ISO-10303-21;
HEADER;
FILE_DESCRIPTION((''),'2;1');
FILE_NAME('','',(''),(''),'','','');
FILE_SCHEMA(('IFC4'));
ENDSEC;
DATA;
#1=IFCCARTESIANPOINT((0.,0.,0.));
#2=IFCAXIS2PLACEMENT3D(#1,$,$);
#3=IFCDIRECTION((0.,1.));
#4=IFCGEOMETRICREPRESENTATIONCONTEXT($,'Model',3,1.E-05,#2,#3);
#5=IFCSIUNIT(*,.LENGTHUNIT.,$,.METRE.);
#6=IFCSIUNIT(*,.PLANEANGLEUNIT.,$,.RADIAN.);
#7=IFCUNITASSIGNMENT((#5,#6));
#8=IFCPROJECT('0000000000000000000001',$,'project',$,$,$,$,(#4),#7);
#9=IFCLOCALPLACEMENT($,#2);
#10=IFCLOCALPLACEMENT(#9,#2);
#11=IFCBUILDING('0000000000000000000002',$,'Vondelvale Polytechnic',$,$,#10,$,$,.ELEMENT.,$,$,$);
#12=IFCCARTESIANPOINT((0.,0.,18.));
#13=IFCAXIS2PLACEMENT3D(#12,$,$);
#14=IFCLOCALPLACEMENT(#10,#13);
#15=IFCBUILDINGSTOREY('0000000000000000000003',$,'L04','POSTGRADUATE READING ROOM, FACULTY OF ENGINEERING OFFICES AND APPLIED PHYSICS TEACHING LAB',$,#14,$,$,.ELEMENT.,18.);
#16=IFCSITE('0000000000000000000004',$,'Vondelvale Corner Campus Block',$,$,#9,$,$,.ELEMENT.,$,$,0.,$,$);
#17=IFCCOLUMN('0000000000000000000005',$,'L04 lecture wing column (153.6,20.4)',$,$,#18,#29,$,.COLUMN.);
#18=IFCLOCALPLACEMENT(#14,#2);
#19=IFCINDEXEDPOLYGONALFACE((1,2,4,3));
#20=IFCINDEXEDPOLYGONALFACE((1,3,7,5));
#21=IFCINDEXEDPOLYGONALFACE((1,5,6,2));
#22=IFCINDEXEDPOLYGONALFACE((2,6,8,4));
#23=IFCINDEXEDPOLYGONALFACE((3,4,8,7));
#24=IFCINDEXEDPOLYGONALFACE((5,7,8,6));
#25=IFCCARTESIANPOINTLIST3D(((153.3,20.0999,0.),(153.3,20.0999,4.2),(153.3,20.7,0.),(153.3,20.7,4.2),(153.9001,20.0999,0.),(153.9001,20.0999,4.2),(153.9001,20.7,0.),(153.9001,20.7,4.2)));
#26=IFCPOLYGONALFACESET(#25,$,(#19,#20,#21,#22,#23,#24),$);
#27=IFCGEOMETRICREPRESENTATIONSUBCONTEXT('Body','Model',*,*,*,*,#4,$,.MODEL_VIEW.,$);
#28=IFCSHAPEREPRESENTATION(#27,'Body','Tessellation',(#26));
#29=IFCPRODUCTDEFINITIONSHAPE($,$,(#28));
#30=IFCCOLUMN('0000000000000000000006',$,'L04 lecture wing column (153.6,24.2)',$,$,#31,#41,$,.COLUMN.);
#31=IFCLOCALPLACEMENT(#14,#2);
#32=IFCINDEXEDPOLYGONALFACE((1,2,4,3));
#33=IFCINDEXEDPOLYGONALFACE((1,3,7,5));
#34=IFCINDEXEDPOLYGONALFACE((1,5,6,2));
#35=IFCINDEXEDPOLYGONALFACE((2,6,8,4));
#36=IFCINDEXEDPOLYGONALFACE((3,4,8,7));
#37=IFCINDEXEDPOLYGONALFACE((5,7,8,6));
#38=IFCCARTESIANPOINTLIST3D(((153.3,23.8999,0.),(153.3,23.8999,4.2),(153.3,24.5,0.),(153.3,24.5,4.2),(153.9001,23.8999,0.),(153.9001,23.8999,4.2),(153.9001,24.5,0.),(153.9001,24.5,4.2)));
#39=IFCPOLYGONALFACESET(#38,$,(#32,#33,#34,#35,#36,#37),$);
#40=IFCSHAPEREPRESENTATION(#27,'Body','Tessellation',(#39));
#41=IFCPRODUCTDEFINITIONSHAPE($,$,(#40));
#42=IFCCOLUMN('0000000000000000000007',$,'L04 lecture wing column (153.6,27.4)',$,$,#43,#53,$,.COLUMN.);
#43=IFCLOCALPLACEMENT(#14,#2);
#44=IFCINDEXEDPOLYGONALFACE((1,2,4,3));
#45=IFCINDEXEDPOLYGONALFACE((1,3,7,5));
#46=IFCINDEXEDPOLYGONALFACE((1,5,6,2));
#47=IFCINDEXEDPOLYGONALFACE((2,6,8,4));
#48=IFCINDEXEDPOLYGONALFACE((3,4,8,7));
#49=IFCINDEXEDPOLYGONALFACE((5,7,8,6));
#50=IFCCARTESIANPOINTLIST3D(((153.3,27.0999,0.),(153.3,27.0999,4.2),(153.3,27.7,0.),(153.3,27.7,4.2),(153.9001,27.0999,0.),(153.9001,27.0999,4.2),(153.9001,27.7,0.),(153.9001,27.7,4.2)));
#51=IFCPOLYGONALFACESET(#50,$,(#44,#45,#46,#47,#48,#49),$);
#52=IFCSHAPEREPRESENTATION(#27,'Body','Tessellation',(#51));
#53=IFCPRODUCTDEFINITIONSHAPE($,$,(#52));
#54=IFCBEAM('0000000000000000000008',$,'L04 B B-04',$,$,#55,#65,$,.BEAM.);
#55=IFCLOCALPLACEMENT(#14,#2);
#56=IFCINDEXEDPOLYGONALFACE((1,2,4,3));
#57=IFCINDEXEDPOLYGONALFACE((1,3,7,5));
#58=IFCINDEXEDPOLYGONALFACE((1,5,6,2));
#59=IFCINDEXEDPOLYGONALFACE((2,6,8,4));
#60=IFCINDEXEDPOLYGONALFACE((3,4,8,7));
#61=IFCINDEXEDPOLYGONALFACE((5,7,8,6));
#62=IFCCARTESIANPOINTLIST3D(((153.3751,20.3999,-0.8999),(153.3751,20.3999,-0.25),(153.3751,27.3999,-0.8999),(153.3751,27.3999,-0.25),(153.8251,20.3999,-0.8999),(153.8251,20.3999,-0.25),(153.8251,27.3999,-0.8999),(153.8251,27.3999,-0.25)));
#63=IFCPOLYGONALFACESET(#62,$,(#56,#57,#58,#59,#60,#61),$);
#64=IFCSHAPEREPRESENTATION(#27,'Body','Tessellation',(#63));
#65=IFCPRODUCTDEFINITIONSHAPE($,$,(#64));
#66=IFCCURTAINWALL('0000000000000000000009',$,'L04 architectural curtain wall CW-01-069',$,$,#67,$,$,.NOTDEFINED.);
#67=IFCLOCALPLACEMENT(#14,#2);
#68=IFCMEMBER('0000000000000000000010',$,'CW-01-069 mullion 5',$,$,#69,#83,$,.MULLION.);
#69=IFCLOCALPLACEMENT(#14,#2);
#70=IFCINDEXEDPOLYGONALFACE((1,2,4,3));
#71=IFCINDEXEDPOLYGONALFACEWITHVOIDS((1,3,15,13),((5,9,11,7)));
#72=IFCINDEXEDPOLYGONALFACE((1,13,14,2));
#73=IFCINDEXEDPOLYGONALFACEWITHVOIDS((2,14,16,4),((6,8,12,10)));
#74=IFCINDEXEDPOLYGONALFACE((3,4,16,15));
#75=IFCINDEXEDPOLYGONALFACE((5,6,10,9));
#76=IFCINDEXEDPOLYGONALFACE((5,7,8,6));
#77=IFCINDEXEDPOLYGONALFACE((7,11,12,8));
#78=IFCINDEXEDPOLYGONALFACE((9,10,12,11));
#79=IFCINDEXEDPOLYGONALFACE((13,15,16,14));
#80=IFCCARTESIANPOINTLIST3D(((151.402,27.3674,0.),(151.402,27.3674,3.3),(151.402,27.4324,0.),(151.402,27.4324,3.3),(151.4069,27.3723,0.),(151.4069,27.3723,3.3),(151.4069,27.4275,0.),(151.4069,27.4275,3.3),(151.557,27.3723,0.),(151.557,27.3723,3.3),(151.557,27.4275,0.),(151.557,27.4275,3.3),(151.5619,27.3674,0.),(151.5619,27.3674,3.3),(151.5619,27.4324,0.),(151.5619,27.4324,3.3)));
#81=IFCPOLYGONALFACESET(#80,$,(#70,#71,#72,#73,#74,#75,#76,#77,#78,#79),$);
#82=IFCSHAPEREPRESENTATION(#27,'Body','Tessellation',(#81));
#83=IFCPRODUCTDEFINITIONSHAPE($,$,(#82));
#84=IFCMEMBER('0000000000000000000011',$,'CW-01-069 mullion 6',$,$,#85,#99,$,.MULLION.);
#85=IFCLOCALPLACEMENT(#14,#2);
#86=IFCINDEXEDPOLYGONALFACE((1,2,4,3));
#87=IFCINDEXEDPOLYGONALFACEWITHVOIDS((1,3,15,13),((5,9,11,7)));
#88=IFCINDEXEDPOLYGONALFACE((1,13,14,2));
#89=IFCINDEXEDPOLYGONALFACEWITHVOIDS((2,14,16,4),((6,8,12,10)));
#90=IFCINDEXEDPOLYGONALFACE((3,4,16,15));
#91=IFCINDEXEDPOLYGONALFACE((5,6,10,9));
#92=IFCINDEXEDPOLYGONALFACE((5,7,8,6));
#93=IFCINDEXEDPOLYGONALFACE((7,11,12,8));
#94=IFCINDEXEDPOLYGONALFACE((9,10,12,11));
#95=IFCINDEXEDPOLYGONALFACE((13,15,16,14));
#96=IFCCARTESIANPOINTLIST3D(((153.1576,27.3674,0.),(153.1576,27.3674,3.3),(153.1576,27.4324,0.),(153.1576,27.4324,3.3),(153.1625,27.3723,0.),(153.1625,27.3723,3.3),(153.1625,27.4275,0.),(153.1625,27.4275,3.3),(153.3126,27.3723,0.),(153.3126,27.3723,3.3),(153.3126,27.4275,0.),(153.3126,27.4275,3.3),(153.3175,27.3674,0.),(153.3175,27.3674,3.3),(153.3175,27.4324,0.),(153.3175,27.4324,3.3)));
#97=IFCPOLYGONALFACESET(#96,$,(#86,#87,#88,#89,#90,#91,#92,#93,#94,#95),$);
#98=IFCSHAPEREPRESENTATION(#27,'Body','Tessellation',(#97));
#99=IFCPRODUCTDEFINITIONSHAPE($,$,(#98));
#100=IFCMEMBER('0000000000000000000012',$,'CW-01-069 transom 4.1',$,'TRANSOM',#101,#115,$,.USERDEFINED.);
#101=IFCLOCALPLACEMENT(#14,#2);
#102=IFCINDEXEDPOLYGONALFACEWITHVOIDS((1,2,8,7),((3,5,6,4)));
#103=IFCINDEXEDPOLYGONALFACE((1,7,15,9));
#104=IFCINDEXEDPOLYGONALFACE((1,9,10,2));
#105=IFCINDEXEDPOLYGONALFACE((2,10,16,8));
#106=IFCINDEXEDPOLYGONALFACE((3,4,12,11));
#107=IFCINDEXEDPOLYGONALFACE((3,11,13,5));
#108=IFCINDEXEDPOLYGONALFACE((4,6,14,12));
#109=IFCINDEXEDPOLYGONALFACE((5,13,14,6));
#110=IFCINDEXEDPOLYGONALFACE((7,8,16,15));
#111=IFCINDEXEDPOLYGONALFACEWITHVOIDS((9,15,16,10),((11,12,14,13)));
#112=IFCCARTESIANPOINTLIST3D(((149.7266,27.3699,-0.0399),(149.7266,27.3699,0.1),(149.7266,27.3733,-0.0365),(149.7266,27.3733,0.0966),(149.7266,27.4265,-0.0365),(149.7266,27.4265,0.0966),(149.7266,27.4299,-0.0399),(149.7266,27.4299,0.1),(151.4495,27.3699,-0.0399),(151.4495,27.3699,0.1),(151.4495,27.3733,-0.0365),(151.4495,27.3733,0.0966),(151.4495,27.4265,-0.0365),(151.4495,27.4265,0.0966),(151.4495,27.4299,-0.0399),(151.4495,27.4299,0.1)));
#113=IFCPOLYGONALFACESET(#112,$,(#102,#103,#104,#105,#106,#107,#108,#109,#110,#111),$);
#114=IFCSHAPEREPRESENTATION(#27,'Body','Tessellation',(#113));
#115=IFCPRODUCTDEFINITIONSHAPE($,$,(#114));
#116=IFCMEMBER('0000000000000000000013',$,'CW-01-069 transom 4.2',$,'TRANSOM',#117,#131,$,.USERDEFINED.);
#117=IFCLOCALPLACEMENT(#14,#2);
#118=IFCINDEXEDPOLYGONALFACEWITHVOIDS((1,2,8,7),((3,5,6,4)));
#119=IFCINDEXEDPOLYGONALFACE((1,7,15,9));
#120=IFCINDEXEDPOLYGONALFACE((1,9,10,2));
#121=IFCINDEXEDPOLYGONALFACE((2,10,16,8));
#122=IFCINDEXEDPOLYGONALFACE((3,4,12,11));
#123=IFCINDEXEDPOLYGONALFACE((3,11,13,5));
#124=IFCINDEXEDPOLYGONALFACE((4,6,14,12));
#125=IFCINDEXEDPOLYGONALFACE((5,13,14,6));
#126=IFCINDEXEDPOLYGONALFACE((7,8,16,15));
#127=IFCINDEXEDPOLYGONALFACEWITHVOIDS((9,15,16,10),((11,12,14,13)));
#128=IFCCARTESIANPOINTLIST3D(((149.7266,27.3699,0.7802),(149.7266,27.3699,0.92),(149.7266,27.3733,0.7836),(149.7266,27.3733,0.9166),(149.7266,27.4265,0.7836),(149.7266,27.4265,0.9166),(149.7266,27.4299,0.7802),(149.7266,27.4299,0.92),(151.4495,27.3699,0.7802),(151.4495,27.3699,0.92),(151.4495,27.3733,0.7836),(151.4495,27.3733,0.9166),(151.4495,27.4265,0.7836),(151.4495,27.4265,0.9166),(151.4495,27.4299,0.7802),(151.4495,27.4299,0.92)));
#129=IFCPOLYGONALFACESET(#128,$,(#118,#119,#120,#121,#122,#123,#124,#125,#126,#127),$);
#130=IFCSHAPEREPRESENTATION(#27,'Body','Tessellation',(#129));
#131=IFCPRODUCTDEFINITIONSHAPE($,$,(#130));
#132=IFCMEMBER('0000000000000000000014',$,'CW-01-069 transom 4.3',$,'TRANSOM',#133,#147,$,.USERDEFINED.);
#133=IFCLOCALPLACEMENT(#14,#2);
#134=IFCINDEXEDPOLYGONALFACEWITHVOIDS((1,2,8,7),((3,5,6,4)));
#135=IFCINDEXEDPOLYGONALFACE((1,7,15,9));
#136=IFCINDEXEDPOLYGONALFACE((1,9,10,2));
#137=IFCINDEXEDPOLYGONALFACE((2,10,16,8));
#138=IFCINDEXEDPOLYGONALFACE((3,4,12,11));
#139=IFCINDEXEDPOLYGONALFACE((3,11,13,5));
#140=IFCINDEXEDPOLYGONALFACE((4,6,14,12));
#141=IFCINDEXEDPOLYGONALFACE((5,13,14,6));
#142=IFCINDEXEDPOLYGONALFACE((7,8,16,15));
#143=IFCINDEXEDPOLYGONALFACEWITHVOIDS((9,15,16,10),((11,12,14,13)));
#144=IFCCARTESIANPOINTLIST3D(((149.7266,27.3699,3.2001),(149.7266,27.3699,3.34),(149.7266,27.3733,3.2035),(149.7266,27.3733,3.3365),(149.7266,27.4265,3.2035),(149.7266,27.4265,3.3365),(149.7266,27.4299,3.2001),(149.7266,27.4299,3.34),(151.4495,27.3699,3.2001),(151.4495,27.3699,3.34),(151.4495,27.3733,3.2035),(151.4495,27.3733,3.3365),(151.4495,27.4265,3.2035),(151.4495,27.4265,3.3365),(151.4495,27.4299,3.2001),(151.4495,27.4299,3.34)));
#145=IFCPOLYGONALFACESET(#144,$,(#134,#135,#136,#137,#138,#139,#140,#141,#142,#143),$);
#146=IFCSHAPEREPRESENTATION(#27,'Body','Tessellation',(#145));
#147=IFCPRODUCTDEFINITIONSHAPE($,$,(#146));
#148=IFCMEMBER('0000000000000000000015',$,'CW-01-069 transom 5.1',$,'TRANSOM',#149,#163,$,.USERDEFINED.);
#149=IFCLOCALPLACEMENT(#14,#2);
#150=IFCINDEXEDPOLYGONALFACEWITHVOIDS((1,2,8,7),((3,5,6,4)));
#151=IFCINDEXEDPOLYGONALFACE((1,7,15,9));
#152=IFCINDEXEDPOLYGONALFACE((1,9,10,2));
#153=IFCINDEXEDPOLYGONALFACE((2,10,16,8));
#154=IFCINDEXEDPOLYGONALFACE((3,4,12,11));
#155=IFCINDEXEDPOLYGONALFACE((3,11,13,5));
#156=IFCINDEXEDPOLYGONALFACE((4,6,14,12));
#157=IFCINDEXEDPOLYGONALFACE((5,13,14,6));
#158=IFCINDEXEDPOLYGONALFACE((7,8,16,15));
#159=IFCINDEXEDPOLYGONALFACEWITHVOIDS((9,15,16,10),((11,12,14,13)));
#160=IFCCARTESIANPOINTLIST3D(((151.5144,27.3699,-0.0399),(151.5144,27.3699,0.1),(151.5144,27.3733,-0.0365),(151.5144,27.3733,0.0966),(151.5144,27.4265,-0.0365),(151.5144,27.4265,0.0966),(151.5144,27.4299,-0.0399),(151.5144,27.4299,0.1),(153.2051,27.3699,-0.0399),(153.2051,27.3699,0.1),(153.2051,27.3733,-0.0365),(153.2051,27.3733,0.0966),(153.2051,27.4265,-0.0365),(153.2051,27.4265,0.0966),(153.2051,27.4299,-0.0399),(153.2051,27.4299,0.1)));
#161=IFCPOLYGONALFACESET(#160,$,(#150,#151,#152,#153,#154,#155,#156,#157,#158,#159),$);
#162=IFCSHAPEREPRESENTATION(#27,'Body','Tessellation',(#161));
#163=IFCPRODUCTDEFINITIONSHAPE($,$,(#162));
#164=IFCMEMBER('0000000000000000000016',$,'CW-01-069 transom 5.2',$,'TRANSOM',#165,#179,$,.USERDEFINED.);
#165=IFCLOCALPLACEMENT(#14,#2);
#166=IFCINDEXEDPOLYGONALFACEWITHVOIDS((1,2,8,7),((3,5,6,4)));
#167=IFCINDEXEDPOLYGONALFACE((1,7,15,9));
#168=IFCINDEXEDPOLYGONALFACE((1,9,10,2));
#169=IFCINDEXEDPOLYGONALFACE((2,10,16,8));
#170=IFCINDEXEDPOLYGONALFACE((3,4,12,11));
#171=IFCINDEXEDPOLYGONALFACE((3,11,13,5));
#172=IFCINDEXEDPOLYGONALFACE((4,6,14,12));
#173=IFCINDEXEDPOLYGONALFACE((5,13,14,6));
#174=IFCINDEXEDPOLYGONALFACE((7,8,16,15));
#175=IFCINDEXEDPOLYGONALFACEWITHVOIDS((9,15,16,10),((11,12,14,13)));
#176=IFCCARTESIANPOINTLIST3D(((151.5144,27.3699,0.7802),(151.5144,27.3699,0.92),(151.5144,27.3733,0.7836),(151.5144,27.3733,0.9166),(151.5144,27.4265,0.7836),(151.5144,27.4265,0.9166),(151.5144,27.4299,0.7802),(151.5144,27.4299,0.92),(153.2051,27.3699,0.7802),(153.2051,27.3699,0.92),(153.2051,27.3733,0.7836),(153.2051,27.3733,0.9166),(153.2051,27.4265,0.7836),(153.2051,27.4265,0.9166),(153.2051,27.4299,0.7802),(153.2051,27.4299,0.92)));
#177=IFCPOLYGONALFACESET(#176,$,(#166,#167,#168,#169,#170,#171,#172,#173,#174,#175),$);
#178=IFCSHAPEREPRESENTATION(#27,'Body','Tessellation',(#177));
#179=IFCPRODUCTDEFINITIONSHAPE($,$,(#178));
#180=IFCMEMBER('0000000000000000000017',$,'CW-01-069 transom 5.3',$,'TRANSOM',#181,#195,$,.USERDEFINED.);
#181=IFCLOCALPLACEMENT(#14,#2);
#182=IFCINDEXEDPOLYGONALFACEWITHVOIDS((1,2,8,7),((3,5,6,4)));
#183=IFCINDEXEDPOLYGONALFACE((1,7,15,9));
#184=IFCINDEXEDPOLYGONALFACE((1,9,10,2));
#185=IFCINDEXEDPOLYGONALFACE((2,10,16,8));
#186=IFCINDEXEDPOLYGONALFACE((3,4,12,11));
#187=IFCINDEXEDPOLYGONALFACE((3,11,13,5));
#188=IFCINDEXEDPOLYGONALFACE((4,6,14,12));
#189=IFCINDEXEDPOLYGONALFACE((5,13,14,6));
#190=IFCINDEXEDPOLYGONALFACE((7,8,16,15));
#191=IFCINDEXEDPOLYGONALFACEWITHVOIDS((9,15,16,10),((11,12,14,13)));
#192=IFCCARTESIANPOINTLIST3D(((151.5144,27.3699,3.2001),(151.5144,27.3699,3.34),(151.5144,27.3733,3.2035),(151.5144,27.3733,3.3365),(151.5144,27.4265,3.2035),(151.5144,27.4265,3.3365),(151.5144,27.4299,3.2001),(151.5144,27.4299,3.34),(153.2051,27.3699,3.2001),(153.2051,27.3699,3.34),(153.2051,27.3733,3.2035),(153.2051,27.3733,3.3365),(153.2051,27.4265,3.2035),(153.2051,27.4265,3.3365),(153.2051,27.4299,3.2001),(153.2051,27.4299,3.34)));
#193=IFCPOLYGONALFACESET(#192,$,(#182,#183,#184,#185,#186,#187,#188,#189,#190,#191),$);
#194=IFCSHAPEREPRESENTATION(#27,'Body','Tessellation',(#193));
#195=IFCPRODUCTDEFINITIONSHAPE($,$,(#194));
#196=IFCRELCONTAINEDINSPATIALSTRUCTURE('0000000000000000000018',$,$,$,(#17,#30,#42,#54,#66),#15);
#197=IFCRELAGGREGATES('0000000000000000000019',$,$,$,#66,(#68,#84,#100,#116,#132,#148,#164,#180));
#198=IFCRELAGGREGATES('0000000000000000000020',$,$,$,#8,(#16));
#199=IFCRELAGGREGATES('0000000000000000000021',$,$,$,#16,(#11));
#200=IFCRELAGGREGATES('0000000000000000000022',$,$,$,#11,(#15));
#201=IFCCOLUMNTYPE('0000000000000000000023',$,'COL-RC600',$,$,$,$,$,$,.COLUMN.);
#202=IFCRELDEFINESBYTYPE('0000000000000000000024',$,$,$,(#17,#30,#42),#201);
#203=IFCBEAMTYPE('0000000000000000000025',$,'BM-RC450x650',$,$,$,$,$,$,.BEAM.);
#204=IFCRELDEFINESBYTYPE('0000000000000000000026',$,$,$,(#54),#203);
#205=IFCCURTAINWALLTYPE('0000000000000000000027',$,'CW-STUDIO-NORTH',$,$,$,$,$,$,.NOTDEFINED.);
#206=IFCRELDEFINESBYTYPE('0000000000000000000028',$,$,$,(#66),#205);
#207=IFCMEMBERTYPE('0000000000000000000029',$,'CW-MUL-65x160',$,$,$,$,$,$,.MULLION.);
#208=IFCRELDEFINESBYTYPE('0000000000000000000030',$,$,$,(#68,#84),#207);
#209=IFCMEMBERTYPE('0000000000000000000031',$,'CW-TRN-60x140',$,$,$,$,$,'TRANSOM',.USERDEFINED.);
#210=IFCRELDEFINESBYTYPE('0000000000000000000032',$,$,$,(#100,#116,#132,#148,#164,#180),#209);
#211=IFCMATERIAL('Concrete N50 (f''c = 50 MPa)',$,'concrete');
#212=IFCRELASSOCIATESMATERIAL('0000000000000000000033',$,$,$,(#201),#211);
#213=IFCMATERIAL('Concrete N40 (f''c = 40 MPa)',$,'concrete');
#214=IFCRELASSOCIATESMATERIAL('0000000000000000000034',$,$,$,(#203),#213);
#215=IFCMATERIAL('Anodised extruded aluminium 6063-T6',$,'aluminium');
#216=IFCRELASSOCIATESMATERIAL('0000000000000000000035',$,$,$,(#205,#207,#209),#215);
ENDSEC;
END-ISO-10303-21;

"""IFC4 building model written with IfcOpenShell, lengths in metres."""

from ifc_helpers import new_model, si_unit, direction, frame, origin, origin_2d, place, context, subcontext, project, spatial, rectangle, hollow_rectangle, extrude, material, material_profile, profile_set, type_object, element, aggregate, save


model = new_model("IFC4")

# Units and contexts
model_context = context("Model", 3, precision=1e-05, world=origin(), true_north=direction((0.0, 1.0)))
body_context = subcontext(model_context, "Body", "Model", "MODEL_VIEW")
ifc_project = project(units=[si_unit("LENGTHUNIT", "METRE"), si_unit("PLANEANGLEUNIT", "RADIAN")], contexts=[model_context])

# Site, building, storey
site_placement = place(None, origin())
site = spatial("IfcSite", under=ifc_project, at=site_placement, Name="Vondelvale Corner Campus Block", CompositionType="ELEMENT", RefElevation=0.0)
building_placement = place(site_placement, origin())
building = spatial("IfcBuilding", under=site, at=building_placement, Name="Vondelvale Polytechnic", CompositionType="ELEMENT")
storey_placement = place(building_placement, frame((0.0, 0.0, 18.0)))
storey = spatial("IfcBuildingStorey", under=building, at=storey_placement, Name="L04", Description="POSTGRADUATE READING ROOM, FACULTY OF ENGINEERING OFFICES AND APPLIED PHYSICS TEACHING LAB", CompositionType="ELEMENT", Elevation=18.0)

# Columns
ifc_material_1 = material(Name="Concrete N50 (f'c = 50 MPa)", Category="concrete")
ifc_material_profile_1 = material_profile(ifc_material_1, rectangle(XDim=0.6001, YDim=0.6001, at=origin_2d()), Name="RC-COL-600x600")
ifc_profile_set_1 = profile_set([ifc_material_profile_1], Name="Concrete N50 (f'c = 50 MPa)")
column_type = type_object("IfcColumnType", Name="COL-RC600", PredefinedType="COLUMN", material=ifc_profile_set_1)
for number, where, z_axis, x_axis, name in (
    (1, (153.6001, 20.3999, 0.0), (0.0, 0.0, 1.0), (1.0, 0.0, 0.0), "L04 lecture wing column (153.6,20.4)"),
    (2, (153.6001, 24.2, 0.0), (0.0, 0.0, 1.0), (1.0, 0.0, 0.0), "L04 lecture wing column (153.6,24.2)"),
    (3, (153.6001, 27.3999, 0.0), (0.0, 0.0, 1.0), (1.0, 0.0, 0.0), "L04 lecture wing column (153.6,27.4)"),
):
    element("IfcColumn", number, at=place(storey_placement, frame(where, z_axis=z_axis, x_axis=x_axis)), inside=storey, type_object=column_type, Name=name, PredefinedType="COLUMN", context=body_context, shape_type="SweptSolid", body=[
        extrude(rectangle(XDim=0.6001, YDim=0.6001, at=origin_2d()), origin(), (0.0, 0.0, 1.0), 4.2),
    ])

# Beam
ifc_material_2 = material(Name="Concrete N40 (f'c = 40 MPa)", Category="concrete")
ifc_material_profile_2 = material_profile(ifc_material_2, rectangle(XDim=0.45, YDim=0.6499, at=origin_2d()), Name="RC-BM-450x650")
ifc_profile_set_2 = profile_set([ifc_material_profile_2], Name="Concrete N40 (f'c = 40 MPa)")
beam_type_1 = type_object("IfcBeamType", Name="BM-RC450x650", PredefinedType="BEAM", material=ifc_profile_set_2)
beam_1_placement = place(storey_placement, frame((153.6001, 20.3999, -0.575), z_axis=(0.0, 1.0, 0.0), x_axis=(-1.0, 0.0, 0.0)))
element("IfcBeam", 4, at=beam_1_placement, inside=storey, type_object=beam_type_1, Name="L04 B B-04", PredefinedType="BEAM", context=body_context, shape_type="SweptSolid", body=[
    extrude(rectangle(XDim=0.45, YDim=0.6499, at=origin_2d()), origin(), (0.0, 0.0, 1.0), 7.0),
])

# Curtain wall, members
ifc_material_3 = material(Name="Anodised extruded aluminium 6063-T6", Category="aluminium")
curtain_wall_type = type_object("IfcCurtainWallType", Name="CW-STUDIO-NORTH", PredefinedType="NOTDEFINED", material=ifc_material_3)
curtain_wall_placement = place(storey_placement, origin())
curtain_wall = element("IfcCurtainWall", 5, at=curtain_wall_placement, inside=storey, type_object=curtain_wall_type, Name="L04 architectural curtain wall CW-01-069", PredefinedType="NOTDEFINED")
ifc_material_profile_3 = material_profile(ifc_material_3, hollow_rectangle(XDim=0.0649, YDim=0.1599, WallThickness=0.0049, at=origin_2d()), Name="CW-MUL-160x65")
ifc_profile_set_3 = profile_set([ifc_material_profile_3], Name="Anodised extruded aluminium 6063-T6")
member_type_1 = type_object("IfcMemberType", Name="CW-MUL-65x160", PredefinedType="MULLION", material=ifc_profile_set_3)
member_1_placement = place(storey_placement, frame((151.4819, 27.3999, 0.0), z_axis=(0.0, 0.0, 1.0), x_axis=(0.0, 1.0, 0.0)))
member_1 = element("IfcMember", 6, at=member_1_placement, type_object=member_type_1, Name="CW-01-069 mullion 5", PredefinedType="MULLION", context=body_context, shape_type="SweptSolid", body=[
    extrude(hollow_rectangle(XDim=0.0649, YDim=0.1599, WallThickness=0.0049, at=origin_2d()), origin(), (0.0, 0.0, 1.0), 3.3),
])
member_2_placement = place(storey_placement, frame((153.2375, 27.3999, 0.0), z_axis=(0.0, 0.0, 1.0), x_axis=(0.0, 1.0, 0.0)))
member_2 = element("IfcMember", 7, at=member_2_placement, type_object=member_type_1, Name="CW-01-069 mullion 6", PredefinedType="MULLION", context=body_context, shape_type="SweptSolid", body=[
    extrude(hollow_rectangle(XDim=0.0649, YDim=0.1599, WallThickness=0.0049, at=origin_2d()), origin(), (0.0, 0.0, 1.0), 3.3),
])
ifc_material_profile_4 = material_profile(ifc_material_3, hollow_rectangle(XDim=0.0601, YDim=0.1399, WallThickness=0.0034, at=origin_2d()), Name="CW-TRN-140x60")
ifc_profile_set_4 = profile_set([ifc_material_profile_4], Name="Anodised extruded aluminium 6063-T6")
member_type_2 = type_object("IfcMemberType", Name="CW-TRN-60x140", ElementType="TRANSOM", PredefinedType="USERDEFINED", material=ifc_profile_set_4)
member_3_placement = place(storey_placement, frame((149.7266, 27.3999, 0.03), z_axis=(1.0, 0.0, 0.0), x_axis=(0.0, 1.0, 0.0)))
member_3 = element("IfcMember", 8, at=member_3_placement, type_object=member_type_2, Name="CW-01-069 transom 4.1", ObjectType="TRANSOM", PredefinedType="USERDEFINED", context=body_context, shape_type="SweptSolid", body=[
    extrude(hollow_rectangle(XDim=0.0601, YDim=0.1399, WallThickness=0.0034, at=origin_2d()), origin(), (0.0, 0.0, 1.0), 1.7229),
])
member_4_placement = place(storey_placement, frame((149.7266, 27.3999, 0.8501), z_axis=(1.0, 0.0, 0.0), x_axis=(0.0, 1.0, 0.0)))
member_4 = element("IfcMember", 9, at=member_4_placement, type_object=member_type_2, Name="CW-01-069 transom 4.2", ObjectType="TRANSOM", PredefinedType="USERDEFINED", context=body_context, shape_type="SweptSolid", body=[
    extrude(hollow_rectangle(XDim=0.0601, YDim=0.1399, WallThickness=0.0034, at=origin_2d()), origin(), (0.0, 0.0, 1.0), 1.7229),
])
member_5_placement = place(storey_placement, frame((149.7266, 27.3999, 3.27), z_axis=(1.0, 0.0, 0.0), x_axis=(0.0, 1.0, 0.0)))
member_5 = element("IfcMember", 10, at=member_5_placement, type_object=member_type_2, Name="CW-01-069 transom 4.3", ObjectType="TRANSOM", PredefinedType="USERDEFINED", context=body_context, shape_type="SweptSolid", body=[
    extrude(hollow_rectangle(XDim=0.0601, YDim=0.1399, WallThickness=0.0034, at=origin_2d()), origin(), (0.0, 0.0, 1.0), 1.7229),
])
member_6_placement = place(storey_placement, frame((151.5144, 27.3999, 0.03), z_axis=(1.0, 0.0, 0.0), x_axis=(0.0, 1.0, 0.0)))
member_6 = element("IfcMember", 11, at=member_6_placement, type_object=member_type_2, Name="CW-01-069 transom 5.1", ObjectType="TRANSOM", PredefinedType="USERDEFINED", context=body_context, shape_type="SweptSolid", body=[
    extrude(hollow_rectangle(XDim=0.0601, YDim=0.1399, WallThickness=0.0034, at=origin_2d()), origin(), (0.0, 0.0, 1.0), 1.6907),
])
member_7_placement = place(storey_placement, frame((151.5144, 27.3999, 0.8501), z_axis=(1.0, 0.0, 0.0), x_axis=(0.0, 1.0, 0.0)))
member_7 = element("IfcMember", 12, at=member_7_placement, type_object=member_type_2, Name="CW-01-069 transom 5.2", ObjectType="TRANSOM", PredefinedType="USERDEFINED", context=body_context, shape_type="SweptSolid", body=[
    extrude(hollow_rectangle(XDim=0.0601, YDim=0.1399, WallThickness=0.0034, at=origin_2d()), origin(), (0.0, 0.0, 1.0), 1.6907),
])
member_8_placement = place(storey_placement, frame((151.5144, 27.3999, 3.27), z_axis=(1.0, 0.0, 0.0), x_axis=(0.0, 1.0, 0.0)))
member_8 = element("IfcMember", 13, at=member_8_placement, type_object=member_type_2, Name="CW-01-069 transom 5.3", ObjectType="TRANSOM", PredefinedType="USERDEFINED", context=body_context, shape_type="SweptSolid", body=[
    extrude(hollow_rectangle(XDim=0.0601, YDim=0.1399, WallThickness=0.0034, at=origin_2d()), origin(), (0.0, 0.0, 1.0), 1.6907),
])

aggregate(curtain_wall, [member_1, member_2, member_3, member_4, member_5, member_6, member_7, member_8])

save(model, "model.ifc")
